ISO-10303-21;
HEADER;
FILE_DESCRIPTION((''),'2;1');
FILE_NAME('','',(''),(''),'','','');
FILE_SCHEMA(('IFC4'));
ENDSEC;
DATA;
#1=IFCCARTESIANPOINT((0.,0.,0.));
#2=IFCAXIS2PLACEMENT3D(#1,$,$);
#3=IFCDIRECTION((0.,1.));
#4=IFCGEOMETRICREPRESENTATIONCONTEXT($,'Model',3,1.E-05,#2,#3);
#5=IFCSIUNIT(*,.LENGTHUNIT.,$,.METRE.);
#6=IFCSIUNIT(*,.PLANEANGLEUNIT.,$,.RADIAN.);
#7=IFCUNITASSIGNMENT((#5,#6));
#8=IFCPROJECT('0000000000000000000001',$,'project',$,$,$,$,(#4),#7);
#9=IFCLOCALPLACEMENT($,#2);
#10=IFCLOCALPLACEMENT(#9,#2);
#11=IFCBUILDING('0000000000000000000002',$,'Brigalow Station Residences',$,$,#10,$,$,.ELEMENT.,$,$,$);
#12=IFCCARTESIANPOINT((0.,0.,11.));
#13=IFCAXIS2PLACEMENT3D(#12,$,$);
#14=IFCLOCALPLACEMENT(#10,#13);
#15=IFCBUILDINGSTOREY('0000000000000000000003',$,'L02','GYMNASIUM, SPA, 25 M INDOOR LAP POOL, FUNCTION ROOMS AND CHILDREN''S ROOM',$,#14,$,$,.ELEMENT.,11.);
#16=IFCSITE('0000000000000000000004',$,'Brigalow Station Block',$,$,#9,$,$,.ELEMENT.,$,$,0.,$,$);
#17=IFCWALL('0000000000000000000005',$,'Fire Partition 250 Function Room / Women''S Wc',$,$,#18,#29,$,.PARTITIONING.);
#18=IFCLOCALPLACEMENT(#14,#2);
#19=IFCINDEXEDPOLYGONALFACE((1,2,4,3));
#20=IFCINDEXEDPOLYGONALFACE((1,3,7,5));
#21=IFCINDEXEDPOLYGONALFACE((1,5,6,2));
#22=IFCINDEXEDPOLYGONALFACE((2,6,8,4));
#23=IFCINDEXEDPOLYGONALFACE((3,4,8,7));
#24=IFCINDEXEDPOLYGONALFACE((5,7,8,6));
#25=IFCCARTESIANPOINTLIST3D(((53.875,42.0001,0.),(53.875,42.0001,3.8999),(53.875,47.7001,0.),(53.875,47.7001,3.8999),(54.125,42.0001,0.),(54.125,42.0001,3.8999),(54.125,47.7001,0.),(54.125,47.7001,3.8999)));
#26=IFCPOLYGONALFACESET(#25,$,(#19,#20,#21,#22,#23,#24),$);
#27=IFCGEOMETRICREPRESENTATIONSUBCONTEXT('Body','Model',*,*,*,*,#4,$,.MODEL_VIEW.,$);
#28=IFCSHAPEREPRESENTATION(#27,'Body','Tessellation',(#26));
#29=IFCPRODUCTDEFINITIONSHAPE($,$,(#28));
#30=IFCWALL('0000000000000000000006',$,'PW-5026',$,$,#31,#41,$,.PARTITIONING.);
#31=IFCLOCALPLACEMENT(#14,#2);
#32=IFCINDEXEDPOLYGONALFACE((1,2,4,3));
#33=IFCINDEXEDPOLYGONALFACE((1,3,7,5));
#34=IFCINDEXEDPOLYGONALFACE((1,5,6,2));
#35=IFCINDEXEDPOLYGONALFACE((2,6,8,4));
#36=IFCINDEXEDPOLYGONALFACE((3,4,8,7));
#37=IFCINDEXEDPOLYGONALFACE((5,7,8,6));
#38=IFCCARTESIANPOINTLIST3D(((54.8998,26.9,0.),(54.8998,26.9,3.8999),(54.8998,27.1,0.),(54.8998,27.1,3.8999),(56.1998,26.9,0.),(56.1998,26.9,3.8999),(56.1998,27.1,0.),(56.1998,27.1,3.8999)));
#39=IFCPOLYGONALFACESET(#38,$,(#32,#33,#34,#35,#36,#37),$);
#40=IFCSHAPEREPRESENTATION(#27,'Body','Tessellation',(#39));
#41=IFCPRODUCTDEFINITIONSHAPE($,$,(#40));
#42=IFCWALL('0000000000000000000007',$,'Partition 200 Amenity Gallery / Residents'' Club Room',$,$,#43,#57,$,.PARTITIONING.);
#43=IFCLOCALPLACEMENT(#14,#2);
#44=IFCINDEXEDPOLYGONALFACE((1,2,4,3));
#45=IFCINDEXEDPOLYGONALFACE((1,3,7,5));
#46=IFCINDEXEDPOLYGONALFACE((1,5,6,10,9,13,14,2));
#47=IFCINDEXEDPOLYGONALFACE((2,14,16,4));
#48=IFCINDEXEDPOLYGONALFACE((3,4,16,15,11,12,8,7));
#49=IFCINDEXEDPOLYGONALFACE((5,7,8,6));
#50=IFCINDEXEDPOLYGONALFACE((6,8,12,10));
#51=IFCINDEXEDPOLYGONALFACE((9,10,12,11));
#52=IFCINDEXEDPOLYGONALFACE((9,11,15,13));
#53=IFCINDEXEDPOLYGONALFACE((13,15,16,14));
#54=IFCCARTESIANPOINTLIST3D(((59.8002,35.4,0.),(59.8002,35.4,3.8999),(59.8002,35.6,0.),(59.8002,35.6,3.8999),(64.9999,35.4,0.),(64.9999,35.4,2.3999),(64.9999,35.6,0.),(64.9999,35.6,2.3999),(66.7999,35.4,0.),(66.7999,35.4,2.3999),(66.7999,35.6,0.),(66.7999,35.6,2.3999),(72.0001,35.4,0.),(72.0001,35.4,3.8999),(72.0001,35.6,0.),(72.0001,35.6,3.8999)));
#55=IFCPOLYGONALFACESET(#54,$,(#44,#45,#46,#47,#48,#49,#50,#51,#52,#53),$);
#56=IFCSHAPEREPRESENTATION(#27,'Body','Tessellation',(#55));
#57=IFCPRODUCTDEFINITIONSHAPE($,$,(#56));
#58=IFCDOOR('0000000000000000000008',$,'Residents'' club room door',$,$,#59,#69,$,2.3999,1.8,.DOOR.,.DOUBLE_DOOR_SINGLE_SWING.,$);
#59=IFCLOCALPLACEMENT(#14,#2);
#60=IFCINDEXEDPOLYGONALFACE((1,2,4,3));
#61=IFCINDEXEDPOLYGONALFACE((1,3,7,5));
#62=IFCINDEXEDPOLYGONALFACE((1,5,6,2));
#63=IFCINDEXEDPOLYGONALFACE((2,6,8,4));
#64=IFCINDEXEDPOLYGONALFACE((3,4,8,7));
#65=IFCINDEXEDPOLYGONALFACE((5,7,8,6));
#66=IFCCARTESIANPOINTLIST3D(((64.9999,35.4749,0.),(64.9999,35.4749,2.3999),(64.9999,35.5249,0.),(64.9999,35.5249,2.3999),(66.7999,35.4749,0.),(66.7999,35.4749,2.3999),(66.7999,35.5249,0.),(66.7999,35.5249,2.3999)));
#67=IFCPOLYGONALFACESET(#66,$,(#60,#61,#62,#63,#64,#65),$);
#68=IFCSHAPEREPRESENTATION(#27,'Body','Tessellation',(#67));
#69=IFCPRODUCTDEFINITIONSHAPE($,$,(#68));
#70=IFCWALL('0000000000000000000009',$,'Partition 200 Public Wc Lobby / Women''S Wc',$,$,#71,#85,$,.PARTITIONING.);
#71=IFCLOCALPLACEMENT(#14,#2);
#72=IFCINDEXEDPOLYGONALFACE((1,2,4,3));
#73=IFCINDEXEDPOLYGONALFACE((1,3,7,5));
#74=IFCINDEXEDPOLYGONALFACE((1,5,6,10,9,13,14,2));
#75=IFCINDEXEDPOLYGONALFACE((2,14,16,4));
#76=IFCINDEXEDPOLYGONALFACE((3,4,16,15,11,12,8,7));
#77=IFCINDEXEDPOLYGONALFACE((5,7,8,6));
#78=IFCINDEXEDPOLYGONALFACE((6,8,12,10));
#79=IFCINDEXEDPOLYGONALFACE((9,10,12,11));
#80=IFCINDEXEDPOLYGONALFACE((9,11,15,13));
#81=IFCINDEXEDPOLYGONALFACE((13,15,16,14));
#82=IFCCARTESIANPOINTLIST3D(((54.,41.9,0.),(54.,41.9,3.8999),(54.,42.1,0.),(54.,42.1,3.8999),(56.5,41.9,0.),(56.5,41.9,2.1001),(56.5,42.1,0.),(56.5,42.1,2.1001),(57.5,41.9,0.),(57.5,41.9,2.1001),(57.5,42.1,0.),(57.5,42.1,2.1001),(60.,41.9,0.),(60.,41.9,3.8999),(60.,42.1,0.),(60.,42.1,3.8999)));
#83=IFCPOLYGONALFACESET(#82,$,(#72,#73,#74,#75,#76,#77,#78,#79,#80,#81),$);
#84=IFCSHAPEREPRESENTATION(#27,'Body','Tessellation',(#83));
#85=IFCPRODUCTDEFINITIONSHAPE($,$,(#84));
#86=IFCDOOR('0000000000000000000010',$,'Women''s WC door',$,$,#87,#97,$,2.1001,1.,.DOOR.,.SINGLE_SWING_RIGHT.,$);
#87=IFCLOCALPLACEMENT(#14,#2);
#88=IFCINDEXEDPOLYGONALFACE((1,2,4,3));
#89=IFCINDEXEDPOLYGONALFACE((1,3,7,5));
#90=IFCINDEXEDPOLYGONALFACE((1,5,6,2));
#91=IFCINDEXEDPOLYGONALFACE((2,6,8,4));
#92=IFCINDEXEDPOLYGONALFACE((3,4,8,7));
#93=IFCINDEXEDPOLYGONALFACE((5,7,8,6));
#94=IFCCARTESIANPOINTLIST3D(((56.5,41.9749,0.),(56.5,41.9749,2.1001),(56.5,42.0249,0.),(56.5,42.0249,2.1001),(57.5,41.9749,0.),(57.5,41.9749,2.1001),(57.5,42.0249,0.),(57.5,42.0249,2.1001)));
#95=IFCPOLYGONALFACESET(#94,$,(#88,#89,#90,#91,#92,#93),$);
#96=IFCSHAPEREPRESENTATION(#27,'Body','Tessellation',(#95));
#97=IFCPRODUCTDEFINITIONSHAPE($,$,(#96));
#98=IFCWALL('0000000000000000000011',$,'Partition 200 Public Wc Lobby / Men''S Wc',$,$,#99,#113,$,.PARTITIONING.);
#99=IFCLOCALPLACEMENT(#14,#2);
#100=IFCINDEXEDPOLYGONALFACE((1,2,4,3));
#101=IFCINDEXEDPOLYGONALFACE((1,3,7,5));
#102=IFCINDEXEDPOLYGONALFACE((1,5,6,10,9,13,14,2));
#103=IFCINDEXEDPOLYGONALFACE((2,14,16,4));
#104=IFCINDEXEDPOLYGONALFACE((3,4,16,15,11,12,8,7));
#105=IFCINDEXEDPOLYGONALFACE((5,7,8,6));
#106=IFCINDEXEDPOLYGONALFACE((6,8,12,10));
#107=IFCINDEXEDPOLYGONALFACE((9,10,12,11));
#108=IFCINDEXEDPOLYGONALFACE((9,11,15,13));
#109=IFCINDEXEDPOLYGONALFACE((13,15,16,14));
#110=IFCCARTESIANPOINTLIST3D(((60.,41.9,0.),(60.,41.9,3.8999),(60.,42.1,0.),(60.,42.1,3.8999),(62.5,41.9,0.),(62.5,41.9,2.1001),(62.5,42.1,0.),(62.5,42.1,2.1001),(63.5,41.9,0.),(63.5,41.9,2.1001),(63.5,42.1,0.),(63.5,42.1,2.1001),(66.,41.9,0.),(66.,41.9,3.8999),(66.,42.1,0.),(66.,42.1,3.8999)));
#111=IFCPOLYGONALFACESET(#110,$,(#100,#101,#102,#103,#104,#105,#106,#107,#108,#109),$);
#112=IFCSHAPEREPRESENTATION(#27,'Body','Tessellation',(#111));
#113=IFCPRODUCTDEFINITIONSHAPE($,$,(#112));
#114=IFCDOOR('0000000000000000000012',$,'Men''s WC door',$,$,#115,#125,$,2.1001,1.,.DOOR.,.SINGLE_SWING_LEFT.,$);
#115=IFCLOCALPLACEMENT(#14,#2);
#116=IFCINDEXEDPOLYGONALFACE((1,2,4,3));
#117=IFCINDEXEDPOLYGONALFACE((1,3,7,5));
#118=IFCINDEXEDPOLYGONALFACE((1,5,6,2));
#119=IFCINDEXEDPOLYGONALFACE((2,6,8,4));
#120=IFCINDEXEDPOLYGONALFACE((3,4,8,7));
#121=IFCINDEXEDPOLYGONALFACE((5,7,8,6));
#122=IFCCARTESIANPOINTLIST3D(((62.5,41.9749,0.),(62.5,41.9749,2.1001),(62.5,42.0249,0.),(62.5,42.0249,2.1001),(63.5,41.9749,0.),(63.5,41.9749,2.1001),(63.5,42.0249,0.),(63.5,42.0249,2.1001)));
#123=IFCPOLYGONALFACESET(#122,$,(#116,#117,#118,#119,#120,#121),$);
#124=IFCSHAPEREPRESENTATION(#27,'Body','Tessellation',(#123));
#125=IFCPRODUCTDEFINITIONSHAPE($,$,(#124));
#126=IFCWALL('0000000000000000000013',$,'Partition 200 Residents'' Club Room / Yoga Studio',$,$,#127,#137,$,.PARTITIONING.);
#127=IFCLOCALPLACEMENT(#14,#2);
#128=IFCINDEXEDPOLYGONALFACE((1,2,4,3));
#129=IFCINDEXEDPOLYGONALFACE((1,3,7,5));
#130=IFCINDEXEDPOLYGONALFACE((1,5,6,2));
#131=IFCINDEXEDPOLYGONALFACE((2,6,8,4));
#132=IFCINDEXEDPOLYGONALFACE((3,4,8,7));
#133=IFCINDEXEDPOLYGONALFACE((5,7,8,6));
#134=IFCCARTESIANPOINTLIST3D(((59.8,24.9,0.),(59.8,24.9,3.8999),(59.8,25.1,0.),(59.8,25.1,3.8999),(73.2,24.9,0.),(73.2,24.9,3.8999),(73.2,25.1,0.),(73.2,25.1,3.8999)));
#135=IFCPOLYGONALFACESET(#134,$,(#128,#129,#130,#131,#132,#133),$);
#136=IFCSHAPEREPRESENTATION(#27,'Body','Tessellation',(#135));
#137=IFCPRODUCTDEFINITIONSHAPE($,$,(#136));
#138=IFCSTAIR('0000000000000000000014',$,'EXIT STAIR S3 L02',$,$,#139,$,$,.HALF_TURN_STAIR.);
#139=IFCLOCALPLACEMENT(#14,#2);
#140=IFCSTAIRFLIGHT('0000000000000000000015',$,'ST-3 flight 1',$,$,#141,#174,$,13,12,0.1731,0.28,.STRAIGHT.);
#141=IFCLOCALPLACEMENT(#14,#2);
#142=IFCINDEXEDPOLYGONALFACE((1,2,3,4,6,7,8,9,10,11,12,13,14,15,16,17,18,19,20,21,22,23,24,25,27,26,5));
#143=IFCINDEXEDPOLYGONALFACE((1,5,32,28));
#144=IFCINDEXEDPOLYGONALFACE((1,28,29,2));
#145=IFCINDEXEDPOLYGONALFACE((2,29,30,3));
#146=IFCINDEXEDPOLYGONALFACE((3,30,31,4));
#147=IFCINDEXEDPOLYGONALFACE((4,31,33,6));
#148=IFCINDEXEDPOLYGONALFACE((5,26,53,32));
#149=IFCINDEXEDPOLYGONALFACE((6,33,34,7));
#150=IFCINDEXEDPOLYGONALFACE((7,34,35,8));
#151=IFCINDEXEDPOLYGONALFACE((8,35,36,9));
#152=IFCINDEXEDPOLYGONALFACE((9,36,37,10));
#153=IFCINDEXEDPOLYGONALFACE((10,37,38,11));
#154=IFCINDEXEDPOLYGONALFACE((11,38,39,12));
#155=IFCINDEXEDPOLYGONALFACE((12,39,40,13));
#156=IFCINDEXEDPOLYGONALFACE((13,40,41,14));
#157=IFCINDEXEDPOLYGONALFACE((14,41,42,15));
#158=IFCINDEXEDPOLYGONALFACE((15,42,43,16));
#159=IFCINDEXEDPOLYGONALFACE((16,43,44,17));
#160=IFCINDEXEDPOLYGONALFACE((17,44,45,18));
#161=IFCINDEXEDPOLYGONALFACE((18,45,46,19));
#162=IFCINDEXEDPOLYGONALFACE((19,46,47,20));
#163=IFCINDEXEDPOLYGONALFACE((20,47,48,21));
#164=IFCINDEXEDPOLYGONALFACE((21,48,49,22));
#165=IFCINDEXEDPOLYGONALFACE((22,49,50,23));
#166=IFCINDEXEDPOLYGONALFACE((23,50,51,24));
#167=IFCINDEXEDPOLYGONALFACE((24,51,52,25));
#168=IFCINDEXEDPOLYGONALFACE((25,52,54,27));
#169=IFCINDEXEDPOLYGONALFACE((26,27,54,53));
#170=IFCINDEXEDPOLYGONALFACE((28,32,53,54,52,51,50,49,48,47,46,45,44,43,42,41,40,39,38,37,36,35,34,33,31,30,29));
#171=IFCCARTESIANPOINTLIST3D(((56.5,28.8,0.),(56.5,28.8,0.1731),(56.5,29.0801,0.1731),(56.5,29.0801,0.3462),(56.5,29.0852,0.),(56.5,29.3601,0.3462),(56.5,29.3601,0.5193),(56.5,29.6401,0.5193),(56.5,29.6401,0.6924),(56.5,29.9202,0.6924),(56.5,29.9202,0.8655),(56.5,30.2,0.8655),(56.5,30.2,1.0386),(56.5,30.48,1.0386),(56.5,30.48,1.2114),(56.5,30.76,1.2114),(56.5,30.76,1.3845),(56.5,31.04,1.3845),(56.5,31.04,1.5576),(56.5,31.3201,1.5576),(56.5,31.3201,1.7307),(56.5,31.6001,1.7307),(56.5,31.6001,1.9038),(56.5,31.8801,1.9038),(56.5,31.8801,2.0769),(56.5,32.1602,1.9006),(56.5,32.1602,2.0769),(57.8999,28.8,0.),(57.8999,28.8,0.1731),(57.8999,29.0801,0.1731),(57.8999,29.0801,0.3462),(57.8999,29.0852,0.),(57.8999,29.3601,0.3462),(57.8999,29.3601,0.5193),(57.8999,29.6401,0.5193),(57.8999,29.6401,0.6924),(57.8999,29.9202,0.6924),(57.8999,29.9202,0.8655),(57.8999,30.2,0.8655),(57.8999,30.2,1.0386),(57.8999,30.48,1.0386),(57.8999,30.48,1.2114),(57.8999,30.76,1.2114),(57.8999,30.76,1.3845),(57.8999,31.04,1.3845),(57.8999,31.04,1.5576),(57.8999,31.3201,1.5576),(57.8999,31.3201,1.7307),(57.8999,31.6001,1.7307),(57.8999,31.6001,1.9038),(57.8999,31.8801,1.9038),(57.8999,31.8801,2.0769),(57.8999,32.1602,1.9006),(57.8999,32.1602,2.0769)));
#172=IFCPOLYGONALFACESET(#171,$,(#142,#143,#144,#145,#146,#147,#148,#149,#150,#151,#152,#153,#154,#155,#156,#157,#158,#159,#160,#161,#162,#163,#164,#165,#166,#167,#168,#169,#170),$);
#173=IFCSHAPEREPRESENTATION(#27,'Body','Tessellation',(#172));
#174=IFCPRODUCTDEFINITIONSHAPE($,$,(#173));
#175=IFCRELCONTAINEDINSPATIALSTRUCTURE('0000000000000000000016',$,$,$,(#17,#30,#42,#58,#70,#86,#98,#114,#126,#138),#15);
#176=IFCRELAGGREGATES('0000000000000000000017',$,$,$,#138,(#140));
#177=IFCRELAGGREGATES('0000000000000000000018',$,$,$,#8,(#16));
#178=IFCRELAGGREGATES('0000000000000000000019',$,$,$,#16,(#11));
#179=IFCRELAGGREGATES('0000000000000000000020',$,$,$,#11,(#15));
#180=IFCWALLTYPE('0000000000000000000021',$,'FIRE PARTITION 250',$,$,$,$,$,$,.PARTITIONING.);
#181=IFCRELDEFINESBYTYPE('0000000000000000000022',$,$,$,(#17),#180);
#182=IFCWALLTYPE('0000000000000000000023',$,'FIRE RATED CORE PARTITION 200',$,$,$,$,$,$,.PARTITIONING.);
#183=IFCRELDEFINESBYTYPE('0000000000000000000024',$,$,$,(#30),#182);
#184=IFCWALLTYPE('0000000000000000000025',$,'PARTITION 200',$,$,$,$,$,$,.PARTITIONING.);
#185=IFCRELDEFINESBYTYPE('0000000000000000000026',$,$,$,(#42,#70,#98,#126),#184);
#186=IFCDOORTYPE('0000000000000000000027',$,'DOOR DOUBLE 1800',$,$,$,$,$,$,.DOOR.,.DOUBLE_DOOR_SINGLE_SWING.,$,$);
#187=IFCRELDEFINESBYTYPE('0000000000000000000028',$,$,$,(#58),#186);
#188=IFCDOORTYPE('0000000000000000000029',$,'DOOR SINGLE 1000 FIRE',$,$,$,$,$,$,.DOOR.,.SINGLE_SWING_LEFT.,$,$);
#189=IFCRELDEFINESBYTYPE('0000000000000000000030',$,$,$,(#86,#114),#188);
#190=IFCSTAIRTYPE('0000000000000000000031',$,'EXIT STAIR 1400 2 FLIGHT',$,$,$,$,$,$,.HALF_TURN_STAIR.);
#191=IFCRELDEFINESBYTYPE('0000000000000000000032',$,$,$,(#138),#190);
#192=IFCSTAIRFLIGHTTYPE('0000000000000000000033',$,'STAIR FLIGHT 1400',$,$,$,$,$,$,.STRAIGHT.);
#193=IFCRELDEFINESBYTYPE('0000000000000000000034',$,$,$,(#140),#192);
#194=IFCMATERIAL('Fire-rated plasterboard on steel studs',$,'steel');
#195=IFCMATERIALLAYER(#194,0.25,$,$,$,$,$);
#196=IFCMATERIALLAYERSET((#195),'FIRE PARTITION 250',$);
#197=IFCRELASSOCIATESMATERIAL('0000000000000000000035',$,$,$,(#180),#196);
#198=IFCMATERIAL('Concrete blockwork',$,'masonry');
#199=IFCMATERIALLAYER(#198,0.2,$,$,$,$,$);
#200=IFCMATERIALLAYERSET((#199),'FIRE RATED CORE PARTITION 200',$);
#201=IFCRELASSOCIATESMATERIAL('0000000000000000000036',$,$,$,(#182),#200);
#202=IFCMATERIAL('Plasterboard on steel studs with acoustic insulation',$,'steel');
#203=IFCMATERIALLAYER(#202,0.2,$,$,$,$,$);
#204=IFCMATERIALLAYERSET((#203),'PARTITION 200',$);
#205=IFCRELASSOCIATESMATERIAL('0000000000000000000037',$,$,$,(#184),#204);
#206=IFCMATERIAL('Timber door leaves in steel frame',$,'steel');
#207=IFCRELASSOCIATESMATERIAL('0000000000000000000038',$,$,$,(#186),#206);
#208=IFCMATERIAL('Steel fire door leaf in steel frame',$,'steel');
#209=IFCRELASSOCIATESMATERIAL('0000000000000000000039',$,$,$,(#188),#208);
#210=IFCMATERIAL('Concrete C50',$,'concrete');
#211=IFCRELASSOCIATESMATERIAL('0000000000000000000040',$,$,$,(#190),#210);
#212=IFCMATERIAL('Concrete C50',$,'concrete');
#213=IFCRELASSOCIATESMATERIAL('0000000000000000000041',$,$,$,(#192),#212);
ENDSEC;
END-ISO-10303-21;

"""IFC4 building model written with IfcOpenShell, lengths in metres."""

from ifc_helpers import new_model, si_unit, direction, frame, frame_2d, origin, place, context, subcontext, project, spatial, polyline, rectangle, outline, extrude, material, layer, layer_set, type_object, element, fill, aggregate, save


model = new_model("IFC4")

# Units and contexts
model_context = context("Model", 3, precision=1e-05, world=origin(), true_north=direction((0.0, 1.0)))
body_context = subcontext(model_context, "Body", "Model", "MODEL_VIEW")
ifc_project = project(units=[si_unit("LENGTHUNIT", "METRE"), si_unit("PLANEANGLEUNIT", "RADIAN")], contexts=[model_context])

# Site, building, storey
site_placement = place(None, origin())
site = spatial("IfcSite", under=ifc_project, at=site_placement, Name="Brigalow Station Block", CompositionType="ELEMENT", RefElevation=0.0)
building_placement = place(site_placement, origin())
building = spatial("IfcBuilding", under=site, at=building_placement, Name="Brigalow Station Residences", CompositionType="ELEMENT")
storey_placement = place(building_placement, frame((0.0, 0.0, 11.0)))
storey = spatial("IfcBuildingStorey", under=building, at=storey_placement, Name="L02", Description="GYMNASIUM, SPA, 25 M INDOOR LAP POOL, FUNCTION ROOMS AND CHILDREN'S ROOM", CompositionType="ELEMENT", Elevation=11.0)

# Shared definitions
ifc_material_1 = material(Name="Fire-rated plasterboard on steel studs", Category="steel")
ifc_layer_1 = layer(ifc_material_1, 0.25)
ifc_layer_set_1 = layer_set([ifc_layer_1], Name="FIRE PARTITION 250")
wall_type_1 = type_object("IfcWallType", Name="FIRE PARTITION 250", PredefinedType="PARTITIONING", material=ifc_layer_set_1)

# Walls
wall_1_placement = place(storey_placement, frame((54.0, 42.0, 0.0), z_axis=(0.0, 0.0, 1.0), x_axis=(0.0, 1.0, 0.0)))
element("IfcWall", 1, at=wall_1_placement, inside=storey, type_object=wall_type_1, Name="Fire Partition 250 Function Room / Women'S Wc", PredefinedType="PARTITIONING", context=body_context, shape_type="SweptSolid", body=[
    extrude(rectangle(XDim=5.7, YDim=0.25, at=frame_2d((2.8501, 0.0))), origin(), (0.0, 0.0, 1.0), 3.8999),
])
ifc_material_2 = material(Name="Concrete blockwork", Category="masonry")
ifc_layer_2 = layer(ifc_material_2, 0.2)
ifc_layer_set_2 = layer_set([ifc_layer_2], Name="FIRE RATED CORE PARTITION 200")
wall_type_2 = type_object("IfcWallType", Name="FIRE RATED CORE PARTITION 200", PredefinedType="PARTITIONING", material=ifc_layer_set_2)
wall_2_placement = place(storey_placement, frame((54.8999, 27.0, 0.0), z_axis=(0.0, 0.0, 1.0), x_axis=(1.0, 0.0, 0.0)))
element("IfcWall", 2, at=wall_2_placement, inside=storey, type_object=wall_type_2, Name="PW-5026", PredefinedType="PARTITIONING", context=body_context, shape_type="SweptSolid", body=[
    extrude(rectangle(XDim=1.3, YDim=0.2, at=frame_2d((0.6499, 0.0))), origin(), (0.0, 0.0, 1.0), 3.8999),
])

# Walls, openings, doors
ifc_material_3 = material(Name="Plasterboard on steel studs with acoustic insulation", Category="steel")
ifc_layer_3 = layer(ifc_material_3, 0.2)
ifc_layer_set_3 = layer_set([ifc_layer_3], Name="PARTITION 200")
wall_type_3 = type_object("IfcWallType", Name="PARTITION 200", PredefinedType="PARTITIONING", material=ifc_layer_set_3)
wall_3_placement = place(storey_placement, frame((59.8, 35.5, 0.0), z_axis=(0.0, 0.0, 1.0), x_axis=(1.0, 0.0, 0.0)))
wall_3 = element("IfcWall", 3, at=wall_3_placement, inside=storey, type_object=wall_type_3, Name="Partition 200 Amenity Gallery / Residents' Club Room", PredefinedType="PARTITIONING", context=body_context, shape_type="SweptSolid", body=[
    extrude(rectangle(XDim=12.2, YDim=0.2, at=frame_2d((6.1001, 0.0))), origin(), (0.0, 0.0, 1.0), 3.8999),
])
opening_1_placement = place(wall_3_placement, frame((5.2, 0.0, 0.0)))
opening_1 = element("IfcOpeningElement", 4, at=opening_1_placement, cuts=wall_3, PredefinedType="OPENING", context=body_context, shape_type="SweptSolid", body=[
    extrude(rectangle(XDim=1.8, YDim=2.3999, at=frame_2d((0.8999, 1.2))), frame((0.0, 0.1099, 0.0), z_axis=(0.0, -1.0, 0.0), x_axis=(1.0, 0.0, 0.0)), (0.0, 0.0, 1.0), 0.22),
])
ifc_material_4 = material(Name="Timber door leaves in steel frame", Category="steel")
door_type_1 = type_object("IfcDoorType", Name="DOOR DOUBLE 1800", OperationType="DOUBLE_DOOR_SINGLE_SWING", PredefinedType="DOOR", material=ifc_material_4)
door_1_placement = place(opening_1_placement, origin())
door_1 = element("IfcDoor", 5, at=door_1_placement, inside=storey, type_object=door_type_1, Name="Residents' club room door", OperationType="DOUBLE_DOOR_SINGLE_SWING", OverallHeight=2.3999, OverallWidth=1.8, PredefinedType="DOOR", context=body_context, shape_type="SweptSolid", body=[
    extrude(rectangle(XDim=1.8, YDim=2.3999, at=frame_2d((0.8999, 1.2))), frame((0.0, 0.0249, 0.0), z_axis=(0.0, -1.0, 0.0), x_axis=(1.0, 0.0, 0.0)), (0.0, 0.0, 1.0), 0.05),
])
fill(opening_1, door_1)
wall_4_placement = place(storey_placement, frame((54.0, 42.0, 0.0), z_axis=(0.0, 0.0, 1.0), x_axis=(1.0, 0.0, 0.0)))
wall_4 = element("IfcWall", 6, at=wall_4_placement, inside=storey, type_object=wall_type_3, Name="Partition 200 Public Wc Lobby / Women'S Wc", PredefinedType="PARTITIONING", context=body_context, shape_type="SweptSolid", body=[
    extrude(rectangle(XDim=6.0, YDim=0.2, at=frame_2d((3.0, 0.0))), origin(), (0.0, 0.0, 1.0), 3.8999),
])
opening_2_placement = place(wall_4_placement, frame((2.5, 0.0, 0.0)))
opening_2 = element("IfcOpeningElement", 7, at=opening_2_placement, cuts=wall_4, PredefinedType="OPENING", context=body_context, shape_type="SweptSolid", body=[
    extrude(rectangle(XDim=1.0, YDim=2.1001, at=frame_2d((0.5, 1.05))), frame((0.0, 0.1099, 0.0), z_axis=(0.0, -1.0, 0.0), x_axis=(1.0, 0.0, 0.0)), (0.0, 0.0, 1.0), 0.22),
])
ifc_material_5 = material(Name="Steel fire door leaf in steel frame", Category="steel")
door_type_2 = type_object("IfcDoorType", Name="DOOR SINGLE 1000 FIRE", OperationType="SINGLE_SWING_LEFT", PredefinedType="DOOR", material=ifc_material_5)
door_2_placement = place(opening_2_placement, origin())
door_2 = element("IfcDoor", 8, at=door_2_placement, inside=storey, type_object=door_type_2, Name="Women's WC door", OperationType="SINGLE_SWING_RIGHT", OverallHeight=2.1001, OverallWidth=1.0, PredefinedType="DOOR", context=body_context, shape_type="SweptSolid", body=[
    extrude(rectangle(XDim=1.0, YDim=2.1001, at=frame_2d((0.5, 1.05))), frame((0.0, 0.0249, 0.0), z_axis=(0.0, -1.0, 0.0), x_axis=(1.0, 0.0, 0.0)), (0.0, 0.0, 1.0), 0.05),
])
fill(opening_2, door_2)
wall_5_placement = place(storey_placement, frame((60.0, 42.0, 0.0), z_axis=(0.0, 0.0, 1.0), x_axis=(1.0, 0.0, 0.0)))
wall_5 = element("IfcWall", 9, at=wall_5_placement, inside=storey, type_object=wall_type_3, Name="Partition 200 Public Wc Lobby / Men'S Wc", PredefinedType="PARTITIONING", context=body_context, shape_type="SweptSolid", body=[
    extrude(rectangle(XDim=6.0, YDim=0.2, at=frame_2d((3.0, 0.0))), origin(), (0.0, 0.0, 1.0), 3.8999),
])
opening_3_placement = place(wall_5_placement, frame((2.5, 0.0, 0.0)))
opening_3 = element("IfcOpeningElement", 10, at=opening_3_placement, cuts=wall_5, PredefinedType="OPENING", context=body_context, shape_type="SweptSolid", body=[
    extrude(rectangle(XDim=1.0, YDim=2.1001, at=frame_2d((0.5, 1.05))), frame((0.0, 0.1099, 0.0), z_axis=(0.0, -1.0, 0.0), x_axis=(1.0, 0.0, 0.0)), (0.0, 0.0, 1.0), 0.22),
])
door_3_placement = place(opening_3_placement, origin())
door_3 = element("IfcDoor", 11, at=door_3_placement, inside=storey, type_object=door_type_2, Name="Men's WC door", OperationType="SINGLE_SWING_LEFT", OverallHeight=2.1001, OverallWidth=1.0, PredefinedType="DOOR", context=body_context, shape_type="SweptSolid", body=[
    extrude(rectangle(XDim=1.0, YDim=2.1001, at=frame_2d((0.5, 1.05))), frame((0.0, 0.0249, 0.0), z_axis=(0.0, -1.0, 0.0), x_axis=(1.0, 0.0, 0.0)), (0.0, 0.0, 1.0), 0.05),
])
fill(opening_3, door_3)

# Wall
wall_6_placement = place(storey_placement, frame((59.8, 25.0, 0.0), z_axis=(0.0, 0.0, 1.0), x_axis=(1.0, 0.0, 0.0)))
element("IfcWall", 12, at=wall_6_placement, inside=storey, type_object=wall_type_3, Name="Partition 200 Residents' Club Room / Yoga Studio", PredefinedType="PARTITIONING", context=body_context, shape_type="SweptSolid", body=[
    extrude(rectangle(XDim=13.3999, YDim=0.2, at=frame_2d((6.7, 0.0))), origin(), (0.0, 0.0, 1.0), 3.8999),
])

# Stair, stair flight
ifc_material_6 = material(Name="Concrete C50", Category="concrete")
stair_type = type_object("IfcStairType", Name="EXIT STAIR 1400 2 FLIGHT", PredefinedType="HALF_TURN_STAIR", material=ifc_material_6)
stair_placement = place(storey_placement, origin())
stair = element("IfcStair", 13, at=stair_placement, inside=storey, type_object=stair_type, Name="EXIT STAIR S3 L02", PredefinedType="HALF_TURN_STAIR")
ifc_material_7 = material(Name="Concrete C50", Category="concrete")
stair_flight_type = type_object("IfcStairFlightType", Name="STAIR FLIGHT 1400", PredefinedType="STRAIGHT", material=ifc_material_7)
stair_flight_1_placement = place(storey_placement, frame((57.2, 28.8, 0.0), z_axis=(0.0, 0.0, 1.0), x_axis=(0.0, 1.0, 0.0)))
stair_flight_1 = element("IfcStairFlight", 14, at=stair_flight_1_placement, type_object=stair_flight_type, Name="ST-3 flight 1", NumberOfRisers=13, NumberOfTreads=12, PredefinedType="STRAIGHT", RiserHeight=0.1731, TreadLength=0.28, context=body_context, shape_type="SweptSolid", body=[
    extrude(outline(polyline([(0.0, 0.0), (0.0, 0.1731), (0.28, 0.1731), (0.28, 0.3462), (0.5601, 0.3462), (0.5601, 0.5193), (0.8401, 0.5193), (0.8401, 0.6924), (1.1201, 0.6924), (1.1201, 0.8655), (1.3999, 0.8655), (1.3999, 1.0386), (1.6799, 1.0386), (1.6799, 1.2114), (1.96, 1.2114), (1.96, 1.3845), (2.24, 1.3845), (2.24, 1.5576), (2.52, 1.5576), (2.52, 1.7307), (2.8, 1.7307), (2.8, 1.9038), (3.0801, 1.9038), (3.0801, 2.0769), (3.3601, 2.0769), (3.3601, 2.25), (3.3601, 1.9006), (0.2852, 0.0), (0.0, 0.0)])), frame((0.0, 0.7, 0.0), z_axis=(0.0, -1.0, 0.0), x_axis=(1.0, 0.0, 0.0)), (0.0, 0.0, 1.0), 1.3999),
])
aggregate(stair, [stair_flight_1])

save(model, "model.ifc")
